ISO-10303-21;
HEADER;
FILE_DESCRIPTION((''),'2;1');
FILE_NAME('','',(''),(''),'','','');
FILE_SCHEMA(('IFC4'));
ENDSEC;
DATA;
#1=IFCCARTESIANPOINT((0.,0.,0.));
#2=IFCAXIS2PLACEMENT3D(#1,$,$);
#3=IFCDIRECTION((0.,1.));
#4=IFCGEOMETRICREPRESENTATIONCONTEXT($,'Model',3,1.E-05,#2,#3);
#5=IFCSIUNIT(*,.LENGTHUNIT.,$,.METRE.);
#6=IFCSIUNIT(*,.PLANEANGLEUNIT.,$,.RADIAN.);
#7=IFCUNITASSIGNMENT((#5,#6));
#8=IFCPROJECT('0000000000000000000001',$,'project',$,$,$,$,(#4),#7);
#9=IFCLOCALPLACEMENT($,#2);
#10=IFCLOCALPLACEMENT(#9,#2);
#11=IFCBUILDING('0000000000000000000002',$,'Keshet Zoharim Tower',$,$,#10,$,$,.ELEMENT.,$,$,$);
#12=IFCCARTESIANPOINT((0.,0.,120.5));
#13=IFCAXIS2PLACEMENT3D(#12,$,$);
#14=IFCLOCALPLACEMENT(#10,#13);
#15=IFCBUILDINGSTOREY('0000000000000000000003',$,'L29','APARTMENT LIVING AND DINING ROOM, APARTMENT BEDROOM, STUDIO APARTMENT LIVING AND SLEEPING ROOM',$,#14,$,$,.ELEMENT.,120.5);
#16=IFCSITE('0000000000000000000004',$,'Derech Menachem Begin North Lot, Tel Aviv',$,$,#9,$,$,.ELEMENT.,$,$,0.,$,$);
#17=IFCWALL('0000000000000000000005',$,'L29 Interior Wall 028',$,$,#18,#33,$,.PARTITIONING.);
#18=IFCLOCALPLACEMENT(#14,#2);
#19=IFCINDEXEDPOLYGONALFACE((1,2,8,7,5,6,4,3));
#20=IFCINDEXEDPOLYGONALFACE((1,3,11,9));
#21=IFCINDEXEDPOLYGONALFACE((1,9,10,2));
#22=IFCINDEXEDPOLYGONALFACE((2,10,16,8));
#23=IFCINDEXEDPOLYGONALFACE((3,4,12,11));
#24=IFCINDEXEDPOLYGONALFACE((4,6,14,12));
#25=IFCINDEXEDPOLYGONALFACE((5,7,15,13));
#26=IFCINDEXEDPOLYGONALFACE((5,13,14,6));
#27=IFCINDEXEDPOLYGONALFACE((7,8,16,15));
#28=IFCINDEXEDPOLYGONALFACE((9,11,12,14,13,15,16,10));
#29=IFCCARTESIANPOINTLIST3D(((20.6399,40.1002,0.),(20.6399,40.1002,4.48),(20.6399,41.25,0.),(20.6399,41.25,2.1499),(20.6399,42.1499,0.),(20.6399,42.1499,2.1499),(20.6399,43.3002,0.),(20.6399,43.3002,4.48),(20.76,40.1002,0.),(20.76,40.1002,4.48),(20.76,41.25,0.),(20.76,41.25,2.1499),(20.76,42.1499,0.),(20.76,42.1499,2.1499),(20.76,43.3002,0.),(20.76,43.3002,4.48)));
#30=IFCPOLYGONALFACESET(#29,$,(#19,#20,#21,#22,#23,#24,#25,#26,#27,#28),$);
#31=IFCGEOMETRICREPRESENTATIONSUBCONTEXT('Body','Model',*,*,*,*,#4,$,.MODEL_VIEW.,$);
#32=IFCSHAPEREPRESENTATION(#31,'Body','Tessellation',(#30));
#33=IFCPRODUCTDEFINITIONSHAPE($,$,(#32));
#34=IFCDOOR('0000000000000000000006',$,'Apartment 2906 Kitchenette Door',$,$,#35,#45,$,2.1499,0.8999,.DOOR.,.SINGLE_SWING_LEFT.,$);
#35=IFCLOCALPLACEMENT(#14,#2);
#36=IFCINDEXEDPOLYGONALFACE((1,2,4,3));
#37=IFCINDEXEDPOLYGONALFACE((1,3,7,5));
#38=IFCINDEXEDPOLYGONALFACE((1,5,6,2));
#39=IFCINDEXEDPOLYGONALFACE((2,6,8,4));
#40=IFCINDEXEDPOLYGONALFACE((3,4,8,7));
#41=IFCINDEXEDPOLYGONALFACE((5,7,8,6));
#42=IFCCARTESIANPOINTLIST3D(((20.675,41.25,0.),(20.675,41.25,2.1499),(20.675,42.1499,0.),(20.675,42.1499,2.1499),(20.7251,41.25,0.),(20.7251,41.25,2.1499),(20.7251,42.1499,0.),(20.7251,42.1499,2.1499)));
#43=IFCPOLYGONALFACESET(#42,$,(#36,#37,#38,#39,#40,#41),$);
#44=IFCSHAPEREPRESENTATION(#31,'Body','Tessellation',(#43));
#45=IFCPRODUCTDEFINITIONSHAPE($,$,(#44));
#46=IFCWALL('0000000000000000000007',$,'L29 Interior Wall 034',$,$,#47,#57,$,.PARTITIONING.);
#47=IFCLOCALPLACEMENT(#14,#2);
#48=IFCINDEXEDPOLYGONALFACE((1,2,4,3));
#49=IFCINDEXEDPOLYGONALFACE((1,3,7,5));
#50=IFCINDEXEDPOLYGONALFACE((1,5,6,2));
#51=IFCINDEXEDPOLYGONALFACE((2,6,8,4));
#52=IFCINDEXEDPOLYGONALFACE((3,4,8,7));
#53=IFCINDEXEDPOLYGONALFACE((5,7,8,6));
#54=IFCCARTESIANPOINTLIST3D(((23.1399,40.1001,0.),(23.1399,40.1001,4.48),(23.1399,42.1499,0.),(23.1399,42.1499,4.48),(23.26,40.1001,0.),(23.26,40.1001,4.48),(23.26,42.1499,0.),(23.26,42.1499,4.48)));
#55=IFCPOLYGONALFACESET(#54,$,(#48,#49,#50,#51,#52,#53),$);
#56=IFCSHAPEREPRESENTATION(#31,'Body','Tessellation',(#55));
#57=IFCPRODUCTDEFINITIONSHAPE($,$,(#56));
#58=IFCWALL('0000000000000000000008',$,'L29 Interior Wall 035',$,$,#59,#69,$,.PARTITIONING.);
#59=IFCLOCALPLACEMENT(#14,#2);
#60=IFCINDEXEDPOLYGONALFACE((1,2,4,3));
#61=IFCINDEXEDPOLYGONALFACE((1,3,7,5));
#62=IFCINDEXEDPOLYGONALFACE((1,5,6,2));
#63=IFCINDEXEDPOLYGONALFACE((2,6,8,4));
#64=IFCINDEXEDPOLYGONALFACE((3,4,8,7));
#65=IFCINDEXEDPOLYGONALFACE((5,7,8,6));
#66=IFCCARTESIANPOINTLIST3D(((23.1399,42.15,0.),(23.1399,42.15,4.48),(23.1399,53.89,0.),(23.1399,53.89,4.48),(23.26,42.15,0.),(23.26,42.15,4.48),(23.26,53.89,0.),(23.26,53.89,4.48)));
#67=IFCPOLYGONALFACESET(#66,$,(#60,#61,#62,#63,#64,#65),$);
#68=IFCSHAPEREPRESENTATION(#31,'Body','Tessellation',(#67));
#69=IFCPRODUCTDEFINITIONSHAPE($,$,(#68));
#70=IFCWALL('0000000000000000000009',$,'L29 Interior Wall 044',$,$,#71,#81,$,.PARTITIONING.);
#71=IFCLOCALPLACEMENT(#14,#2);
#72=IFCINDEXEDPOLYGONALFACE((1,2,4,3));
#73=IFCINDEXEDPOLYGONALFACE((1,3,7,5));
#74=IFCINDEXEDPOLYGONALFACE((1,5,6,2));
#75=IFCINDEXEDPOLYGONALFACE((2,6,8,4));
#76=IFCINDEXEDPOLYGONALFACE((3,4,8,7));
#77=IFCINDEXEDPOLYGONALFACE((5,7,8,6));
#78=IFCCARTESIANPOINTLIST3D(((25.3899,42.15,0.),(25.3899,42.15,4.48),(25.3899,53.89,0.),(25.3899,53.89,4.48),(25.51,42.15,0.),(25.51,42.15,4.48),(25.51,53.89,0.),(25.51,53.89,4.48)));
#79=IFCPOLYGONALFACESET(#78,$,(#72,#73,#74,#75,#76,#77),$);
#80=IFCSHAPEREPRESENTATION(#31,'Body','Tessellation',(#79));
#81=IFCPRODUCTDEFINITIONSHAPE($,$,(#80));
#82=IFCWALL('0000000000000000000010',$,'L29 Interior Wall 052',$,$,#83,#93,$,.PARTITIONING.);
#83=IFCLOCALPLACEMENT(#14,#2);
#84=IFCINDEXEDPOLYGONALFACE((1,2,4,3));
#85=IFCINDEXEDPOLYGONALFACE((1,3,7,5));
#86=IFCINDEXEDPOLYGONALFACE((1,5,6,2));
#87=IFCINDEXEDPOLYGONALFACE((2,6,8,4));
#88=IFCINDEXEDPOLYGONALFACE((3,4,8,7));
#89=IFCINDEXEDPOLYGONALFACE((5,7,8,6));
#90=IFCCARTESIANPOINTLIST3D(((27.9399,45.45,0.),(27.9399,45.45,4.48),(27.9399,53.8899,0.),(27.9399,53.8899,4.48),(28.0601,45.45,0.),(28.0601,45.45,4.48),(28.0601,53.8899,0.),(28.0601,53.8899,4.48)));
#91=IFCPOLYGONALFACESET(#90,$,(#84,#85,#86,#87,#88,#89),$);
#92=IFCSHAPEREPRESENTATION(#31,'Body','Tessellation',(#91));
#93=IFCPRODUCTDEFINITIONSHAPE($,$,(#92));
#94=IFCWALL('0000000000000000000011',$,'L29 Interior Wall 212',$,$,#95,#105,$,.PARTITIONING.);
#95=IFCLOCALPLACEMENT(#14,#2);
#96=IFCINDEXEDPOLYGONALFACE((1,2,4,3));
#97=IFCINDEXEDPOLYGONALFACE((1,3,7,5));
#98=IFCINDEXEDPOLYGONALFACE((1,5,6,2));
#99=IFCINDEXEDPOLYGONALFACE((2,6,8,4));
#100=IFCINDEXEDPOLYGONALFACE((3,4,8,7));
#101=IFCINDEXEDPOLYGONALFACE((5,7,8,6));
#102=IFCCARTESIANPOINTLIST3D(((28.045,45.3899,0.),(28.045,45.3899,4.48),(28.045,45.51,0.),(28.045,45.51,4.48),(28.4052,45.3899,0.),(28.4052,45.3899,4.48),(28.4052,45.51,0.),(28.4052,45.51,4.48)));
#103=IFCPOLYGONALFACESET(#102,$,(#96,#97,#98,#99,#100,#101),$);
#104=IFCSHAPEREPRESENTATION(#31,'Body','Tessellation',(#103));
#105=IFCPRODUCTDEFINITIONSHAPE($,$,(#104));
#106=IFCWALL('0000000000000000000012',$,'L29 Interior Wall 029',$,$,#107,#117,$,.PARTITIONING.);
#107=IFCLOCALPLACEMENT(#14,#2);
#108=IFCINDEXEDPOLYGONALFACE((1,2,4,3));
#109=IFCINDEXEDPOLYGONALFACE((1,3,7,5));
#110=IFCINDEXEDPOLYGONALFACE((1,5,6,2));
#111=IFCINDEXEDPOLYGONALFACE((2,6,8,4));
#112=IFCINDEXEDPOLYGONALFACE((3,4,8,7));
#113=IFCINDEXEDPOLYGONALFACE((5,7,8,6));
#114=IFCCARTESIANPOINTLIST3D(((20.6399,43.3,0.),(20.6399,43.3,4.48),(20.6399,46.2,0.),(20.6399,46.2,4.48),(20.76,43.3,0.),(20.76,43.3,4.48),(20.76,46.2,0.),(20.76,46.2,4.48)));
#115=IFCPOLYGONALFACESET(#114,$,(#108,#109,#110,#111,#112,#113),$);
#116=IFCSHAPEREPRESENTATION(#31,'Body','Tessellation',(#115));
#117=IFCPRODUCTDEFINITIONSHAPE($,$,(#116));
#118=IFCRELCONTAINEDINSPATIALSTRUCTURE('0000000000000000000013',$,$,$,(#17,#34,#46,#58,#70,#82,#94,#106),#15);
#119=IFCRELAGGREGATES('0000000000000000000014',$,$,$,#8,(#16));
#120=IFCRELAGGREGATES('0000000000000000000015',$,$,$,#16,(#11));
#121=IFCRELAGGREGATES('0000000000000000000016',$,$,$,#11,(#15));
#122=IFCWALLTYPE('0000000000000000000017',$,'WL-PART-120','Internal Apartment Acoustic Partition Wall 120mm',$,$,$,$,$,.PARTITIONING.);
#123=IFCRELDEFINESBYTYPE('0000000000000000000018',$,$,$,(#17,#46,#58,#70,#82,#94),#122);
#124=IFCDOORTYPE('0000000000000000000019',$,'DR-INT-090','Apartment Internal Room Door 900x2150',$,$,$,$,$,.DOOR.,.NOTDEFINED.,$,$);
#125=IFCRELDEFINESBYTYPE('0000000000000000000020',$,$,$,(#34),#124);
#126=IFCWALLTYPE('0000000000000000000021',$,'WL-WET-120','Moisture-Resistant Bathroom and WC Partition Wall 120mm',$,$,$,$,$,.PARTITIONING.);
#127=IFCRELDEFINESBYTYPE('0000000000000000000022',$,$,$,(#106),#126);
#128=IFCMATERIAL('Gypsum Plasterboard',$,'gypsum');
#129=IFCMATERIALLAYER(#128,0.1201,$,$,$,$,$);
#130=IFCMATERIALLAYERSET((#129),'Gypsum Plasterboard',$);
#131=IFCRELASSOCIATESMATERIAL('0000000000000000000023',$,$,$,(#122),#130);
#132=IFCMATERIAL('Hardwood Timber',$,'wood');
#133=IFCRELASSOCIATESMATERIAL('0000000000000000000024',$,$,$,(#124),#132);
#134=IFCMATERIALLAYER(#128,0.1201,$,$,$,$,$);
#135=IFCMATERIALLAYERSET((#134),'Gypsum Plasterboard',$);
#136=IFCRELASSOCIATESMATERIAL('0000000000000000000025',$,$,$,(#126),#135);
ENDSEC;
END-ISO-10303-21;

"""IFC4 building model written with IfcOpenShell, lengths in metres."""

from ifc_helpers import new_model, si_unit, direction, frame, frame_2d, origin, place, context, subcontext, project, spatial, rectangle, extrude, material, layer, layer_set, type_object, element, fill, save


model = new_model("IFC4")

# Units and contexts
model_context = context("Model", 3, precision=1e-05, world=origin(), true_north=direction((0.0, 1.0)))
body_context = subcontext(model_context, "Body", "Model", "MODEL_VIEW")
ifc_project = project(units=[si_unit("LENGTHUNIT", "METRE"), si_unit("PLANEANGLEUNIT", "RADIAN")], contexts=[model_context])

# Site, building, storey
site_placement = place(None, origin())
site = spatial("IfcSite", under=ifc_project, at=site_placement, Name="Derech Menachem Begin North Lot, Tel Aviv", CompositionType="ELEMENT", RefElevation=0.0)
building_placement = place(site_placement, origin())
building = spatial("IfcBuilding", under=site, at=building_placement, Name="Keshet Zoharim Tower", CompositionType="ELEMENT")
storey_placement = place(building_placement, frame((0.0, 0.0, 120.5)))
storey = spatial("IfcBuildingStorey", under=building, at=storey_placement, Name="L29", Description="APARTMENT LIVING AND DINING ROOM, APARTMENT BEDROOM, STUDIO APARTMENT LIVING AND SLEEPING ROOM", CompositionType="ELEMENT", Elevation=120.5)

# Shared definitions
ifc_material_1 = material(Name="Gypsum Plasterboard", Category="gypsum")

# Shared definitions
ifc_material_2 = material(Name="Hardwood Timber", Category="wood")

# Wall, opening, door
ifc_layer_1 = layer(ifc_material_1, 0.1201)
ifc_layer_set_1 = layer_set([ifc_layer_1], Name="Gypsum Plasterboard")
wall_type_1 = type_object("IfcWallType", Name="WL-PART-120", Description="Internal Apartment Acoustic Partition Wall 120mm", PredefinedType="PARTITIONING", material=ifc_layer_set_1)
wall_1_placement = place(storey_placement, frame((20.7, 40.1001, 0.0), z_axis=(0.0, 0.0, 1.0), x_axis=(0.0, 1.0, 0.0)))
wall_1 = element("IfcWall", 1, at=wall_1_placement, inside=storey, type_object=wall_type_1, Name="L29 Interior Wall 028", PredefinedType="PARTITIONING", context=body_context, shape_type="SweptSolid", body=[
    extrude(rectangle(XDim=3.2, YDim=0.1201, at=frame_2d((1.6001, 0.0))), origin(), (0.0, 0.0, 1.0), 4.48),
])
opening_1_placement = place(wall_1_placement, frame((1.1499, 0.0, 0.0)))
opening_1 = element("IfcOpeningElement", 2, at=opening_1_placement, cuts=wall_1, PredefinedType="OPENING", context=body_context, shape_type="SweptSolid", body=[
    extrude(rectangle(XDim=0.8999, YDim=2.1499, at=frame_2d((0.45, 1.075))), frame((0.0, 0.0701, 0.0), z_axis=(0.0, -1.0, 0.0), x_axis=(1.0, 0.0, 0.0)), (0.0, 0.0, 1.0), 0.1401),
])
door_type_1 = type_object("IfcDoorType", Name="DR-INT-090", Description="Apartment Internal Room Door 900x2150", OperationType="NOTDEFINED", PredefinedType="DOOR", material=ifc_material_2)
door_1_placement = place(opening_1_placement, origin())
door_1 = element("IfcDoor", 3, at=door_1_placement, inside=storey, type_object=door_type_1, Name="Apartment 2906 Kitchenette Door", OperationType="SINGLE_SWING_LEFT", OverallHeight=2.1499, OverallWidth=0.8999, PredefinedType="DOOR", context=body_context, shape_type="SweptSolid", body=[
    extrude(rectangle(XDim=0.8999, YDim=2.1499, at=frame_2d((0.45, 1.075))), frame((0.0, 0.0249, 0.0), z_axis=(0.0, -1.0, 0.0), x_axis=(1.0, 0.0, 0.0)), (0.0, 0.0, 1.0), 0.05),
])
fill(opening_1, door_1)

# Walls
wall_2_placement = place(storey_placement, frame((23.2, 40.1001, 0.0), z_axis=(0.0, 0.0, 1.0), x_axis=(0.0, 1.0, 0.0)))
element("IfcWall", 4, at=wall_2_placement, inside=storey, type_object=wall_type_1, Name="L29 Interior Wall 034", PredefinedType="PARTITIONING", context=body_context, shape_type="SweptSolid", body=[
    extrude(rectangle(XDim=2.0498, YDim=0.1201, at=frame_2d((1.0249, 0.0))), origin(), (0.0, 0.0, 1.0), 4.48),
])
for number, where, z_axis, x_axis, name in (
    (5, (23.2, 42.1499, 0.0), (0.0, 0.0, 1.0), (0.0, 1.0, 0.0), "L29 Interior Wall 035"),
    (6, (25.45, 42.1499, 0.0), (0.0, 0.0, 1.0), (0.0, 1.0, 0.0), "L29 Interior Wall 044"),
):
    element("IfcWall", number, at=place(storey_placement, frame(where, z_axis=z_axis, x_axis=x_axis)), inside=storey, type_object=wall_type_1, Name=name, PredefinedType="PARTITIONING", context=body_context, shape_type="SweptSolid", body=[
        extrude(rectangle(XDim=11.74, YDim=0.1201, at=frame_2d((5.8701, 0.0))), origin(), (0.0, 0.0, 1.0), 4.48),
    ])
wall_3_placement = place(storey_placement, frame((28.0, 45.45, 0.0), z_axis=(0.0, 0.0, 1.0), x_axis=(0.0, 1.0, 0.0)))
element("IfcWall", 7, at=wall_3_placement, inside=storey, type_object=wall_type_1, Name="L29 Interior Wall 052", PredefinedType="PARTITIONING", context=body_context, shape_type="SweptSolid", body=[
    extrude(rectangle(XDim=8.4399, YDim=0.1201, at=frame_2d((4.22, 0.0))), origin(), (0.0, 0.0, 1.0), 4.48),
])

# Walls
wall_4_placement = place(storey_placement, frame((28.0449, 45.45, 0.0), z_axis=(0.0, 0.0, 1.0), x_axis=(1.0, 0.0, 0.0)))
element("IfcWall", 8, at=wall_4_placement, inside=storey, type_object=wall_type_1, Name="L29 Interior Wall 212", PredefinedType="PARTITIONING", context=body_context, shape_type="SweptSolid", body=[
    extrude(rectangle(XDim=0.3601, YDim=0.1201, at=frame_2d((0.1802, 0.0))), origin(), (0.0, 0.0, 1.0), 4.48),
])
ifc_layer_2 = layer(ifc_material_1, 0.1201)
ifc_layer_set_2 = layer_set([ifc_layer_2], Name="Gypsum Plasterboard")
wall_type_2 = type_object("IfcWallType", Name="WL-WET-120", Description="Moisture-Resistant Bathroom and WC Partition Wall 120mm", PredefinedType="PARTITIONING", material=ifc_layer_set_2)
wall_5_placement = place(storey_placement, frame((20.7, 43.3, 0.0), z_axis=(0.0, 0.0, 1.0), x_axis=(0.0, 1.0, 0.0)))
element("IfcWall", 9, at=wall_5_placement, inside=storey, type_object=wall_type_2, Name="L29 Interior Wall 029", PredefinedType="PARTITIONING", context=body_context, shape_type="SweptSolid", body=[
    extrude(rectangle(XDim=2.8999, YDim=0.1201, at=frame_2d((1.45, 0.0))), origin(), (0.0, 0.0, 1.0), 4.48),
])

save(model, "model.ifc")
